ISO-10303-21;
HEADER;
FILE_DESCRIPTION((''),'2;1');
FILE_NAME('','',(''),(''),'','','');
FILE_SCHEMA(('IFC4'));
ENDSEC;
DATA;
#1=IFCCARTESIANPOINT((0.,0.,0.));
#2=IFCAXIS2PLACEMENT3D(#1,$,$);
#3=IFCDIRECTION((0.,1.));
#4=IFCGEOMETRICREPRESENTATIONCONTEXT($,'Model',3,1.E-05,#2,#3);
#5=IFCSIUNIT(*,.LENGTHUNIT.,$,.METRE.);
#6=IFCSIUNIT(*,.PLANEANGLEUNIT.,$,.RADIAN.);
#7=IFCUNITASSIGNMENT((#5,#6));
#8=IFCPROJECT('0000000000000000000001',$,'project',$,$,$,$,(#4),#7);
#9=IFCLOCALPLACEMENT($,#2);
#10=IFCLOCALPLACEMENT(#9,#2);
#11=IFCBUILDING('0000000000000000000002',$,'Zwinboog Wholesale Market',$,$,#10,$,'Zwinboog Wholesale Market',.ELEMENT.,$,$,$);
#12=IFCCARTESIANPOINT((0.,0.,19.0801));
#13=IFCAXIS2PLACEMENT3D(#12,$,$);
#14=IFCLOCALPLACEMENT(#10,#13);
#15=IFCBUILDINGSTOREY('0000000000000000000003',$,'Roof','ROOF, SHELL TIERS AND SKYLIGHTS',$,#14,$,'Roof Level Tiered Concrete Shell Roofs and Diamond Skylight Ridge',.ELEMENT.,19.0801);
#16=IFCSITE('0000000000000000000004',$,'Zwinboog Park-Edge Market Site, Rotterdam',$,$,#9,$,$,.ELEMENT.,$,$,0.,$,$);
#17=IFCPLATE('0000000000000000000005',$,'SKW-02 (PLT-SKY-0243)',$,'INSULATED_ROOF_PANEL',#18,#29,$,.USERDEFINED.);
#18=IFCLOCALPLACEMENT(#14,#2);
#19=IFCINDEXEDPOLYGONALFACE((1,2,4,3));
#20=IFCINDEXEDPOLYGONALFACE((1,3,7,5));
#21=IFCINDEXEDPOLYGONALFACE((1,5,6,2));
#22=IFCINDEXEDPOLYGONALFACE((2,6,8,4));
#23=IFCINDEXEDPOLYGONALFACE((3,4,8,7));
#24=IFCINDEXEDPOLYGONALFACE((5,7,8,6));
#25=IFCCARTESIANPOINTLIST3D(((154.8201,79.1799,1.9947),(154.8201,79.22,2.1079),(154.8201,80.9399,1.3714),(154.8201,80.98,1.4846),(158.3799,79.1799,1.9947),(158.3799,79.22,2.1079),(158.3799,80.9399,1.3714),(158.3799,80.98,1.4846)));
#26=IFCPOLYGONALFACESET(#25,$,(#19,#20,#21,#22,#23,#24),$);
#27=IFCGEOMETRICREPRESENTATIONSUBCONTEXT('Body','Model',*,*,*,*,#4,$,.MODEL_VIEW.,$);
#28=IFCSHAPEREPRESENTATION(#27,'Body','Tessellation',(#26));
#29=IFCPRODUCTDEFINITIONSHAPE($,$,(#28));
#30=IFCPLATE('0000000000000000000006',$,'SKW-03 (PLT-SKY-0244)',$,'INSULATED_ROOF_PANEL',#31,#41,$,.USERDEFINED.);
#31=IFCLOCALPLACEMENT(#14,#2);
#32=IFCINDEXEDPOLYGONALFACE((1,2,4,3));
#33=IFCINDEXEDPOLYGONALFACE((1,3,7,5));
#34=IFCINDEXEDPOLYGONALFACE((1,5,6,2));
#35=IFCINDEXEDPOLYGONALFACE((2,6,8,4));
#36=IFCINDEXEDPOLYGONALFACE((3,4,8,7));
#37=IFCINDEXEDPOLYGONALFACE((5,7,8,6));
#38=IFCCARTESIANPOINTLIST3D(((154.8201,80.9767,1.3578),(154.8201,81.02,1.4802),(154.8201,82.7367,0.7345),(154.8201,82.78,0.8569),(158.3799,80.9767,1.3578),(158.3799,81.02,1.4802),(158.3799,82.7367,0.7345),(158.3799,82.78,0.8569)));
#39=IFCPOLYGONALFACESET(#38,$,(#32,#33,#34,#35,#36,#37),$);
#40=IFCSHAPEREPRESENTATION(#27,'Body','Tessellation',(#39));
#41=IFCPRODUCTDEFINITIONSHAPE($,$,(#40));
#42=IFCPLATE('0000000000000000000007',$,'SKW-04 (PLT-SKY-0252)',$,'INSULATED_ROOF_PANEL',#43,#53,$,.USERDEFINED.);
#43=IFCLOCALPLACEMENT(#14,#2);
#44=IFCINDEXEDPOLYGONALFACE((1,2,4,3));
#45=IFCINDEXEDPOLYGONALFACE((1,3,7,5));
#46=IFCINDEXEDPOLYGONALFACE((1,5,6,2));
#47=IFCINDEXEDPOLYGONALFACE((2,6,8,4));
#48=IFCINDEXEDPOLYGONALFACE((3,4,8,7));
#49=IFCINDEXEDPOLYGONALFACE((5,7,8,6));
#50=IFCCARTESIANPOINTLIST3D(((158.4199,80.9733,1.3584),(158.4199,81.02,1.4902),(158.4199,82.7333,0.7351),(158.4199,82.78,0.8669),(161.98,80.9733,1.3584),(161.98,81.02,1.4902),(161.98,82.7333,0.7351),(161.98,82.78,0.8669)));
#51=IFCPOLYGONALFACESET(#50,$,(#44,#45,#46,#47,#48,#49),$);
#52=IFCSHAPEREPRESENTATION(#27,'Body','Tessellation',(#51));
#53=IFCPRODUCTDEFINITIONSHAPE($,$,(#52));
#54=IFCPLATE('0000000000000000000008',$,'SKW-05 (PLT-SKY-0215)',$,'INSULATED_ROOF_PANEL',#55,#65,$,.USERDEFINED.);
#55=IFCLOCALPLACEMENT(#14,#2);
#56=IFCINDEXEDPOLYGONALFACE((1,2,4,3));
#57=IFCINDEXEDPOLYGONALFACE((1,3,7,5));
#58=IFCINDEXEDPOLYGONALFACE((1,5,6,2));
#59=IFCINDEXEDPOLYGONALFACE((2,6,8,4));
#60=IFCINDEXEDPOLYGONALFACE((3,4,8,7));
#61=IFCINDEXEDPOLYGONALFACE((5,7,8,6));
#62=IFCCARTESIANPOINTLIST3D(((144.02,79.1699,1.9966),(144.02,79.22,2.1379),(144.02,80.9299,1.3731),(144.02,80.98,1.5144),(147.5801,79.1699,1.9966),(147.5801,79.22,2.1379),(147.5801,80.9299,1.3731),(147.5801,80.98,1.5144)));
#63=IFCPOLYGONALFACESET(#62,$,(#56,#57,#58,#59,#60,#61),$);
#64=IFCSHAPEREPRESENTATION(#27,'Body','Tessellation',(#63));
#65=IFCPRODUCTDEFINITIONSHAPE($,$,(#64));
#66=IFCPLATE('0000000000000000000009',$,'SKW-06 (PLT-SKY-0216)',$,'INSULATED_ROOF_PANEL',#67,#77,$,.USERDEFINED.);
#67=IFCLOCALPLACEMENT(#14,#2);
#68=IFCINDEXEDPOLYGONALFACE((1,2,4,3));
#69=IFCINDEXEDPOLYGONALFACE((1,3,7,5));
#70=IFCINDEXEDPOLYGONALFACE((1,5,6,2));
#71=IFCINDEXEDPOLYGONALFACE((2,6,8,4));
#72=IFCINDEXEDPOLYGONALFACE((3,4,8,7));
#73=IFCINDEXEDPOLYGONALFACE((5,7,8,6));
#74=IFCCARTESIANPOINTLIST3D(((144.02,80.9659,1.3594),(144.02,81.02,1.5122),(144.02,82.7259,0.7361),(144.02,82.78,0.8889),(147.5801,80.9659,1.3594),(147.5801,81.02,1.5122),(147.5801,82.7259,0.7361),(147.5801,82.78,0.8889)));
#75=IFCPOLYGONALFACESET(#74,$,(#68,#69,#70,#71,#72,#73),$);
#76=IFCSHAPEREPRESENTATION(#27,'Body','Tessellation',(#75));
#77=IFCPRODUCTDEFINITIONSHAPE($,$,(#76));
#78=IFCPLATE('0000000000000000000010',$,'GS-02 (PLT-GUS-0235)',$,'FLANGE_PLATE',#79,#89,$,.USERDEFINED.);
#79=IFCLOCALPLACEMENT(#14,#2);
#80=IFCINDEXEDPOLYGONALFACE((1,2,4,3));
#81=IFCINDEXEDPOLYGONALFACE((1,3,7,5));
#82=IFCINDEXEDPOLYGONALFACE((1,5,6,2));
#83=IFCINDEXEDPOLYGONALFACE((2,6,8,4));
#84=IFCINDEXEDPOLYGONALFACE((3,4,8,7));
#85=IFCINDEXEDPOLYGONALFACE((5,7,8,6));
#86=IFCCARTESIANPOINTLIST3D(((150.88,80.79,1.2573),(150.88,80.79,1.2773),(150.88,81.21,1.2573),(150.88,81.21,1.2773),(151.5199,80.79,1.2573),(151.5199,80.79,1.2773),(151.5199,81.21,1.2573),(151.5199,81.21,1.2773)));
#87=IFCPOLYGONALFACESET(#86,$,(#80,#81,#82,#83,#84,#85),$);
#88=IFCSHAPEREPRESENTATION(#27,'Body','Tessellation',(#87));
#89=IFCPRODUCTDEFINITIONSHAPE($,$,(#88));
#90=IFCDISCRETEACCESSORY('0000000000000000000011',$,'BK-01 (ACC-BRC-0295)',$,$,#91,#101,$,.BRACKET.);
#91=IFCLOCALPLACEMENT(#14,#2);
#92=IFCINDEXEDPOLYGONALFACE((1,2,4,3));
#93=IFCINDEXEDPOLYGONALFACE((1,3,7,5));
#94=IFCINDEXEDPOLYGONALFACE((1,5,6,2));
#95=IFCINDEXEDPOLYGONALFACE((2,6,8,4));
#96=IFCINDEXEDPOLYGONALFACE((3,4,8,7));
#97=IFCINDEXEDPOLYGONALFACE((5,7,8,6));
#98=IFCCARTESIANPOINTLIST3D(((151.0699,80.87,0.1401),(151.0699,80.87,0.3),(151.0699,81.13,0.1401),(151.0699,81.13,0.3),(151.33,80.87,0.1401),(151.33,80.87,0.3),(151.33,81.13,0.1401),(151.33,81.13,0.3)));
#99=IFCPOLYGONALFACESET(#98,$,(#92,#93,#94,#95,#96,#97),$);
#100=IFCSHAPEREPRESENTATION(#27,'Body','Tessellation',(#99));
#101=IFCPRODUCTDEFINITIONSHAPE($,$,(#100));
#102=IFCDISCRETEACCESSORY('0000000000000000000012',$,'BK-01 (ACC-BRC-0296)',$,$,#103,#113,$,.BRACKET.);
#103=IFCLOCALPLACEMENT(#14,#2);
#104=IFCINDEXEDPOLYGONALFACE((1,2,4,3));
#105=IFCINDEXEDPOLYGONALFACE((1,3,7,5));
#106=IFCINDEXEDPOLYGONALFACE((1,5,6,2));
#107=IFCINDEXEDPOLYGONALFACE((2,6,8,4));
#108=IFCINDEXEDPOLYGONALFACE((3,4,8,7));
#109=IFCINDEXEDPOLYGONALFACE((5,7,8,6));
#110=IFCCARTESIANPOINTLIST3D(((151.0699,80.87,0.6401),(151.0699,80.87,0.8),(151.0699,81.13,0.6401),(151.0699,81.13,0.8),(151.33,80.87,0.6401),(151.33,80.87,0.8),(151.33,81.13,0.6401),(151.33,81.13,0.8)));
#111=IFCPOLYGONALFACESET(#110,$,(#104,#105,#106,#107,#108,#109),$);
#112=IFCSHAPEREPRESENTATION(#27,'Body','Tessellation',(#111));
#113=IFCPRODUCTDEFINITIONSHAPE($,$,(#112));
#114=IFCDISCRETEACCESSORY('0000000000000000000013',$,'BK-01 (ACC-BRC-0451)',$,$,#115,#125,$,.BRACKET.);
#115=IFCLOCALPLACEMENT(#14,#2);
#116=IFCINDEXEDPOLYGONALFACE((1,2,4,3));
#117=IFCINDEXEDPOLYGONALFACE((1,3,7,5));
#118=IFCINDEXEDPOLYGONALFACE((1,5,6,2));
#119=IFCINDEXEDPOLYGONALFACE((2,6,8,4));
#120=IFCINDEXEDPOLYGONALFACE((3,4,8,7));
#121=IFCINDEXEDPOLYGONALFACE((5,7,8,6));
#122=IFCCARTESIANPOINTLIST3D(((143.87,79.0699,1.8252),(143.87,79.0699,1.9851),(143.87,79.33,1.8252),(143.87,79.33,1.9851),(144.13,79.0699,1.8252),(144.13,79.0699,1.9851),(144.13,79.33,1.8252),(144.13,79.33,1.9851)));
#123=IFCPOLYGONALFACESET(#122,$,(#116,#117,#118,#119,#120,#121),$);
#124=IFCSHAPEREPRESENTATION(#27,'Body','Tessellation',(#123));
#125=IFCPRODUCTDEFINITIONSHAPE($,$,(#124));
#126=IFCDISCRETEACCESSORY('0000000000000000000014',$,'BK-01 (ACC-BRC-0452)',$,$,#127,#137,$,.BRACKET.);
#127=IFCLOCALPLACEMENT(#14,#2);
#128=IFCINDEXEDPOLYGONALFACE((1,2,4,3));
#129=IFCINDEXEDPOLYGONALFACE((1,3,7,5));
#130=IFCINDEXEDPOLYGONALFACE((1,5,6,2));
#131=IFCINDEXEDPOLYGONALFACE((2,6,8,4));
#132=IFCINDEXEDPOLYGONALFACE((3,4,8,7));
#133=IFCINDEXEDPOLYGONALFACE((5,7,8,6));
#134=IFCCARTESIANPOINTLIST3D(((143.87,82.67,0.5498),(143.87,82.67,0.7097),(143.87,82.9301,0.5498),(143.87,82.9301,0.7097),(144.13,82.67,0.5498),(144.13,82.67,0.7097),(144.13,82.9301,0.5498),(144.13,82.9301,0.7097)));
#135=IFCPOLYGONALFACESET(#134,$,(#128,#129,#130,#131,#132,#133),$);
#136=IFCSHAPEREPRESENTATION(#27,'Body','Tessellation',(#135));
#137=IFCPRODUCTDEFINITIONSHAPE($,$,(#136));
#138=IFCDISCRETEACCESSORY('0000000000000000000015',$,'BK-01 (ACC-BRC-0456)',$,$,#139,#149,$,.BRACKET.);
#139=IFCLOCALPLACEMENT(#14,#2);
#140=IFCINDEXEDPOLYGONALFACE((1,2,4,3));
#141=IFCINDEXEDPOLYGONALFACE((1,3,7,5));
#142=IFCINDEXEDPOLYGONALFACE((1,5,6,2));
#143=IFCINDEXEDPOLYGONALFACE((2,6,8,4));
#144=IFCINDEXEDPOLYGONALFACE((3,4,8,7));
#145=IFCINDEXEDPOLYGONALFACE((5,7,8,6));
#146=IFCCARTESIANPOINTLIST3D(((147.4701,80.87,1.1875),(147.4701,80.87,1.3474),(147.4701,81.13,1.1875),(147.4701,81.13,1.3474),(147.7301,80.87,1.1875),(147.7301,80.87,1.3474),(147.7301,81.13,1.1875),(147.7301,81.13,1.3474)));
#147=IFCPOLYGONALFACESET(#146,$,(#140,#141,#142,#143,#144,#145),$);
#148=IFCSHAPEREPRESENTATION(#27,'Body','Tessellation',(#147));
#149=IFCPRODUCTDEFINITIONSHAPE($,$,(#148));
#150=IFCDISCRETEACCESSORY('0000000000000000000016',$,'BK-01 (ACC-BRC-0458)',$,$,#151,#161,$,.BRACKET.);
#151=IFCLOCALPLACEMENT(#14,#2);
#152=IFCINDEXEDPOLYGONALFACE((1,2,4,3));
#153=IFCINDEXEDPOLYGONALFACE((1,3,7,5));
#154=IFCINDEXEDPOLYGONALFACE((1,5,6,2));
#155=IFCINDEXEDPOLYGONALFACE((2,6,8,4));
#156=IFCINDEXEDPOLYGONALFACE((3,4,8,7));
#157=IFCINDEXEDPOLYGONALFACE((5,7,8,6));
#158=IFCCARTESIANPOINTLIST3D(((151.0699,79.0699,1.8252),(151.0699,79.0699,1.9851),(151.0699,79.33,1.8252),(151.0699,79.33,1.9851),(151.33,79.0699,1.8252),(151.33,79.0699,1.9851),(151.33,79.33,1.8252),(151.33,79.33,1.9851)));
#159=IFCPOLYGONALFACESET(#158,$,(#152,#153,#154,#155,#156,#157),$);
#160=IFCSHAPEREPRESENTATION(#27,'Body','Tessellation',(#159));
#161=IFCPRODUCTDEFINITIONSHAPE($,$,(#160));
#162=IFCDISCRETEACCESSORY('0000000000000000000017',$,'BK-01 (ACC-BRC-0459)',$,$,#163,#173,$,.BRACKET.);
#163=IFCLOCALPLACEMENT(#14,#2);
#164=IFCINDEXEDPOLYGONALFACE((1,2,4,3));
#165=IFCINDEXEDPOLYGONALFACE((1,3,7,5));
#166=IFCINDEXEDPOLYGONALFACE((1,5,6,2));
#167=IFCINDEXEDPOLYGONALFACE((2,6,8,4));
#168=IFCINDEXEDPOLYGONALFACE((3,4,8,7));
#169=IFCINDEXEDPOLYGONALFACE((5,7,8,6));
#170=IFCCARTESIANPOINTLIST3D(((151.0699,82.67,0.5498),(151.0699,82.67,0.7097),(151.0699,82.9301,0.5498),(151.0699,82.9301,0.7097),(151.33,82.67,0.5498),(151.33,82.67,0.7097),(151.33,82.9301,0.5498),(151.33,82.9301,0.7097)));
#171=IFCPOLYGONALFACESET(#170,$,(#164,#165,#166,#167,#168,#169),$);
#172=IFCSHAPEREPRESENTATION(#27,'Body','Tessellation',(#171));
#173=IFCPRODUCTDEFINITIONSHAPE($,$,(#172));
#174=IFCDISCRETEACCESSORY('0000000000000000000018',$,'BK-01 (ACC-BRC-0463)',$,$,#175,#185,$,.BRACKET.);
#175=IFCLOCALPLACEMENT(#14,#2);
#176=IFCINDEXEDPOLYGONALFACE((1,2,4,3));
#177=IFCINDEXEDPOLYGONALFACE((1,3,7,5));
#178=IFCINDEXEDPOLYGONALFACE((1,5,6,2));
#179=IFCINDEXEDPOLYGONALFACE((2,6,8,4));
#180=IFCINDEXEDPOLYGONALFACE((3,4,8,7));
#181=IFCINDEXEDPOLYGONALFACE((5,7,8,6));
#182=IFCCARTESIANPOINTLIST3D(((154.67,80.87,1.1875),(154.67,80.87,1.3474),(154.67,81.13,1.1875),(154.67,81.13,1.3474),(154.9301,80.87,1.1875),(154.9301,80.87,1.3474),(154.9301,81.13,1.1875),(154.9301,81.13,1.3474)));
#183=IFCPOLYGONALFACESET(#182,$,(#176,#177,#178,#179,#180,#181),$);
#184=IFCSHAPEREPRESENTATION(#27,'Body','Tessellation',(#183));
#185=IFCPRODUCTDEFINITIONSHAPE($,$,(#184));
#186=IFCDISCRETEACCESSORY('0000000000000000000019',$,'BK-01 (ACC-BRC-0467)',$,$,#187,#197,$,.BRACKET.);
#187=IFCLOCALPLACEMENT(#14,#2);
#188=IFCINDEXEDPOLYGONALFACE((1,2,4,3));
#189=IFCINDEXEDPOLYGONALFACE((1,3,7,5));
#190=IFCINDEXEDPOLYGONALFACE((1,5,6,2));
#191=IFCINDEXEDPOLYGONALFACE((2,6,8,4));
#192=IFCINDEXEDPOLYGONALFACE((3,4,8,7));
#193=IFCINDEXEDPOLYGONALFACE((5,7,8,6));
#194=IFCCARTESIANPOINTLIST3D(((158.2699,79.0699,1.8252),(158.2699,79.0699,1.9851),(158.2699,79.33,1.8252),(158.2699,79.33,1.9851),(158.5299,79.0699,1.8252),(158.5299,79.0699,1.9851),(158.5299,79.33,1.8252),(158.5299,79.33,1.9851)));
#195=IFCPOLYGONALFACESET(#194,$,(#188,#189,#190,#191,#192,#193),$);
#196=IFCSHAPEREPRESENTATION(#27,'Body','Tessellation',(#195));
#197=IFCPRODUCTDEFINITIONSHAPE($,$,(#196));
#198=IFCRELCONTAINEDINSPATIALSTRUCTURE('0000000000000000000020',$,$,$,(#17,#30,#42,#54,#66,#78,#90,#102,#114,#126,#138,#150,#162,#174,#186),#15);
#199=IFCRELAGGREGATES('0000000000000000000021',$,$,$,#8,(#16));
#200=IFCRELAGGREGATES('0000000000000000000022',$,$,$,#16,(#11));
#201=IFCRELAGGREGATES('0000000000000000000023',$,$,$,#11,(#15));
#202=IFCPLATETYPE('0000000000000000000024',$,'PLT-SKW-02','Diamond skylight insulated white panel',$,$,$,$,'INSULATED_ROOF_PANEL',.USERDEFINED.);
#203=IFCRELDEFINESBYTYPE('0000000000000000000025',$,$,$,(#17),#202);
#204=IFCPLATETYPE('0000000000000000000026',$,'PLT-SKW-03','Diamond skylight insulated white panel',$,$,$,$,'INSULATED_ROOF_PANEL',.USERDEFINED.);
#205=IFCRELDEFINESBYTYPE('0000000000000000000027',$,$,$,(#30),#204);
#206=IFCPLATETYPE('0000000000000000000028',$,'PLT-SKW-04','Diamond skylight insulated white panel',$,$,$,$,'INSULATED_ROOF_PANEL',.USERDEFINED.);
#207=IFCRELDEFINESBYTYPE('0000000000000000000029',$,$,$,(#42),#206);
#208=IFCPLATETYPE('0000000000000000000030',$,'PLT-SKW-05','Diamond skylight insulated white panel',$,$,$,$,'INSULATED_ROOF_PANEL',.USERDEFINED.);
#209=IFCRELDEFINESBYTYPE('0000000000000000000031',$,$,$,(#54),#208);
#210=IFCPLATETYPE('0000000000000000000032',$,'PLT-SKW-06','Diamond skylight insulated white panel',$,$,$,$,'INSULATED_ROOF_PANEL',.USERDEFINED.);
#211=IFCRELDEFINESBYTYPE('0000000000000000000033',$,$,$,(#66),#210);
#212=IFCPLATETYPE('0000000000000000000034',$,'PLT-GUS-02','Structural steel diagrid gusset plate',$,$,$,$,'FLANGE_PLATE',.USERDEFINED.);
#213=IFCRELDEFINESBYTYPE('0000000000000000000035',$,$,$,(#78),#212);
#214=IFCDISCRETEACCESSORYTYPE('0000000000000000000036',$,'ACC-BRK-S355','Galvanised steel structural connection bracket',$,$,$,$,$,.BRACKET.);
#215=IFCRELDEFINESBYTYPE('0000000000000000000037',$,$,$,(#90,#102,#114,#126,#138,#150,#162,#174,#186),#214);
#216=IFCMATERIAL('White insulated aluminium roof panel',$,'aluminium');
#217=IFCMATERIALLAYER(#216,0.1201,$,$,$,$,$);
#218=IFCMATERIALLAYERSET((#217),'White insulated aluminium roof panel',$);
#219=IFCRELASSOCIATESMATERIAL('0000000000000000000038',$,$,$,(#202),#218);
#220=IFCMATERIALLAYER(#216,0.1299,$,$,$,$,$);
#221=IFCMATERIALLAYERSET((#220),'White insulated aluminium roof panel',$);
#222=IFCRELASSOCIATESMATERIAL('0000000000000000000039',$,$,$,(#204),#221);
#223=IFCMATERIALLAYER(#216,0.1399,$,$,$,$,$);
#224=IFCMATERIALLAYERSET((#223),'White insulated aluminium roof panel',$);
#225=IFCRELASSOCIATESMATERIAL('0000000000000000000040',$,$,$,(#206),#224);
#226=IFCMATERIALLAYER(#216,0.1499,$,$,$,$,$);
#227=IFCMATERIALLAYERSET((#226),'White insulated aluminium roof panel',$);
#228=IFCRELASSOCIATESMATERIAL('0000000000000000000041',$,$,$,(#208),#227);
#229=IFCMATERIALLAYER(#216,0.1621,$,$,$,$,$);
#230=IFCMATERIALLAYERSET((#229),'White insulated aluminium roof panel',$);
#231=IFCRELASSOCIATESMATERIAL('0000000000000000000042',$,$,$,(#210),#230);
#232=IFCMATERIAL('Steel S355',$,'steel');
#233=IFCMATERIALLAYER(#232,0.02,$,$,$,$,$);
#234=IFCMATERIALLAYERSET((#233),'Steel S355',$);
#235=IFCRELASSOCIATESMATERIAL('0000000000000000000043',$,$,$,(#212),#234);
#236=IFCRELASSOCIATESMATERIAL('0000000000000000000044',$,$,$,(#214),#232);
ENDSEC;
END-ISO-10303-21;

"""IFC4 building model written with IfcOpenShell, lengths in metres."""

from ifc_helpers import new_model, si_unit, direction, frame, origin, origin_2d, place, context, subcontext, project, spatial, polyline, rectangle, outline, extrude, material, layer, layer_set, type_object, element, save


model = new_model("IFC4")

# Units and contexts
model_context = context("Model", 3, precision=1e-05, world=origin(), true_north=direction((0.0, 1.0)))
body_context = subcontext(model_context, "Body", "Model", "MODEL_VIEW")
ifc_project = project(units=[si_unit("LENGTHUNIT", "METRE"), si_unit("PLANEANGLEUNIT", "RADIAN")], contexts=[model_context])

# Site, building, storey
site_placement = place(None, origin())
site = spatial("IfcSite", under=ifc_project, at=site_placement, Name="Zwinboog Park-Edge Market Site, Rotterdam", CompositionType="ELEMENT", RefElevation=0.0)
building_placement = place(site_placement, origin())
building = spatial("IfcBuilding", under=site, at=building_placement, Name="Zwinboog Wholesale Market", LongName="Zwinboog Wholesale Market", CompositionType="ELEMENT")
storey_placement = place(building_placement, frame((0.0, 0.0, 19.0801)))
storey = spatial("IfcBuildingStorey", under=building, at=storey_placement, Name="Roof", Description="ROOF, SHELL TIERS AND SKYLIGHTS", LongName="Roof Level Tiered Concrete Shell Roofs and Diamond Skylight Ridge", CompositionType="ELEMENT", Elevation=19.0801)

# Shared definitions
ifc_material_1 = material(Name="Steel S355", Category="steel")

# Plates
ifc_material_2 = material(Name="White insulated aluminium roof panel", Category="aluminium")
ifc_layer_1 = layer(ifc_material_2, 0.1201)
ifc_layer_set_1 = layer_set([ifc_layer_1], Name="White insulated aluminium roof panel")
plate_type_1 = type_object("IfcPlateType", Name="PLT-SKW-02", Description="Diamond skylight insulated white panel", ElementType="INSULATED_ROOF_PANEL", PredefinedType="USERDEFINED", material=ifc_layer_set_1)
plate_1_placement = place(storey_placement, frame((154.8201, 79.22, 2.1079), z_axis=(0.0, 0.333825, 0.942635), x_axis=(1.0, 0.0, 0.0)))
element("IfcPlate", 1, at=plate_1_placement, inside=storey, type_object=plate_type_1, Name="SKW-02 (PLT-SKY-0243)", ObjectType="INSULATED_ROOF_PANEL", PredefinedType="USERDEFINED", context=body_context, shape_type="SweptSolid", body=[
    extrude(outline(polyline([(0.0, 0.0), (3.5598, 0.0), (3.5598, 1.8671), (0.0, 1.8671), (0.0, 0.0)])), origin(), (0.0, 0.0, -1.0), 0.1201),
])
ifc_layer_2 = layer(ifc_material_2, 0.1299)
ifc_layer_set_2 = layer_set([ifc_layer_2], Name="White insulated aluminium roof panel")
plate_type_2 = type_object("IfcPlateType", Name="PLT-SKW-03", Description="Diamond skylight insulated white panel", ElementType="INSULATED_ROOF_PANEL", PredefinedType="USERDEFINED", material=ifc_layer_set_2)
plate_2_placement = place(storey_placement, frame((154.8201, 81.02, 1.4802), z_axis=(0.0, 0.333825, 0.942635), x_axis=(1.0, 0.0, 0.0)))
element("IfcPlate", 2, at=plate_2_placement, inside=storey, type_object=plate_type_2, Name="SKW-03 (PLT-SKY-0244)", ObjectType="INSULATED_ROOF_PANEL", PredefinedType="USERDEFINED", context=body_context, shape_type="SweptSolid", body=[
    extrude(outline(polyline([(0.0, 0.0), (3.5598, 0.0), (3.5598, 1.8671), (0.0, 1.8671), (0.0, 0.0)])), origin(), (0.0, 0.0, -1.0), 0.1299),
])
ifc_layer_3 = layer(ifc_material_2, 0.1399)
ifc_layer_set_3 = layer_set([ifc_layer_3], Name="White insulated aluminium roof panel")
plate_type_3 = type_object("IfcPlateType", Name="PLT-SKW-04", Description="Diamond skylight insulated white panel", ElementType="INSULATED_ROOF_PANEL", PredefinedType="USERDEFINED", material=ifc_layer_set_3)
plate_3_placement = place(storey_placement, frame((158.4199, 81.02, 1.4902), z_axis=(0.0, 0.333825, 0.942635), x_axis=(1.0, 0.0, 0.0)))
element("IfcPlate", 3, at=plate_3_placement, inside=storey, type_object=plate_type_3, Name="SKW-04 (PLT-SKY-0252)", ObjectType="INSULATED_ROOF_PANEL", PredefinedType="USERDEFINED", context=body_context, shape_type="SweptSolid", body=[
    extrude(outline(polyline([(0.0, 0.0), (3.5601, 0.0), (3.5601, 1.8671), (0.0, 1.8671), (0.0, 0.0)])), origin(), (0.0, 0.0, -1.0), 0.1399),
])
ifc_layer_4 = layer(ifc_material_2, 0.1499)
ifc_layer_set_4 = layer_set([ifc_layer_4], Name="White insulated aluminium roof panel")
plate_type_4 = type_object("IfcPlateType", Name="PLT-SKW-05", Description="Diamond skylight insulated white panel", ElementType="INSULATED_ROOF_PANEL", PredefinedType="USERDEFINED", material=ifc_layer_set_4)
plate_4_placement = place(storey_placement, frame((144.02, 79.22, 2.1379), z_axis=(0.0, 0.333942, 0.942594), x_axis=(1.0, 0.0, 0.0)))
element("IfcPlate", 4, at=plate_4_placement, inside=storey, type_object=plate_type_4, Name="SKW-05 (PLT-SKY-0215)", ObjectType="INSULATED_ROOF_PANEL", PredefinedType="USERDEFINED", context=body_context, shape_type="SweptSolid", body=[
    extrude(outline(polyline([(0.0, 0.0), (3.5601, 0.0), (3.5601, 1.8672), (0.0, 1.8672), (0.0, 0.0)])), origin(), (0.0, 0.0, -1.0), 0.1499),
])
ifc_layer_5 = layer(ifc_material_2, 0.1621)
ifc_layer_set_5 = layer_set([ifc_layer_5], Name="White insulated aluminium roof panel")
plate_type_5 = type_object("IfcPlateType", Name="PLT-SKW-06", Description="Diamond skylight insulated white panel", ElementType="INSULATED_ROOF_PANEL", PredefinedType="USERDEFINED", material=ifc_layer_set_5)
plate_5_placement = place(storey_placement, frame((144.02, 81.02, 1.5122), z_axis=(0.0, 0.333825, 0.942635), x_axis=(1.0, 0.0, 0.0)))
element("IfcPlate", 5, at=plate_5_placement, inside=storey, type_object=plate_type_5, Name="SKW-06 (PLT-SKY-0216)", ObjectType="INSULATED_ROOF_PANEL", PredefinedType="USERDEFINED", context=body_context, shape_type="SweptSolid", body=[
    extrude(outline(polyline([(0.0, 0.0), (3.5601, 0.0), (3.5601, 1.8671), (0.0, 1.8671), (0.0, 0.0)])), origin(), (0.0, 0.0, -1.0), 0.1621),
])
ifc_layer_6 = layer(ifc_material_1, 0.02)
ifc_layer_set_6 = layer_set([ifc_layer_6], Name="Steel S355")
plate_type_6 = type_object("IfcPlateType", Name="PLT-GUS-02", Description="Structural steel diagrid gusset plate", ElementType="FLANGE_PLATE", PredefinedType="USERDEFINED", material=ifc_layer_set_6)
plate_6_placement = place(storey_placement, frame((151.2, 81.0, 1.2573), z_axis=(0.0, 0.0, 1.0), x_axis=(1.0, 0.0, 0.0)))
element("IfcPlate", 6, at=plate_6_placement, inside=storey, type_object=plate_type_6, Name="GS-02 (PLT-GUS-0235)", ObjectType="FLANGE_PLATE", PredefinedType="USERDEFINED", context=body_context, shape_type="SweptSolid", body=[
    extrude(rectangle(XDim=0.6399, YDim=0.4199, at=origin_2d()), origin(), (0.0, 0.0, 1.0), 0.02),
])

# Discrete accessories
discrete_accessory_type = type_object("IfcDiscreteAccessoryType", Name="ACC-BRK-S355", Description="Galvanised steel structural connection bracket", PredefinedType="BRACKET", material=ifc_material_1)
for number, where, z_axis, x_axis, name in (
    (7, (151.2, 81.0, 0.1401), (0.0, 0.0, 1.0), (1.0, 0.0, 0.0), "BK-01 (ACC-BRC-0295)"),
    (8, (151.2, 81.0, 0.6401), (0.0, 0.0, 1.0), (1.0, 0.0, 0.0), "BK-01 (ACC-BRC-0296)"),
    (9, (144.0, 79.2, 1.8252), (0.0, 0.0, 1.0), (1.0, 0.0, 0.0), "BK-01 (ACC-BRC-0451)"),
    (10, (144.0, 82.8, 0.5498), (0.0, 0.0, 1.0), (1.0, 0.0, 0.0), "BK-01 (ACC-BRC-0452)"),
    (11, (147.6001, 81.0, 1.1875), (0.0, 0.0, 1.0), (1.0, 0.0, 0.0), "BK-01 (ACC-BRC-0456)"),
    (12, (151.2, 79.2, 1.8252), (0.0, 0.0, 1.0), (1.0, 0.0, 0.0), "BK-01 (ACC-BRC-0458)"),
    (13, (151.2, 82.8, 0.5498), (0.0, 0.0, 1.0), (1.0, 0.0, 0.0), "BK-01 (ACC-BRC-0459)"),
    (14, (154.8, 81.0, 1.1875), (0.0, 0.0, 1.0), (1.0, 0.0, 0.0), "BK-01 (ACC-BRC-0463)"),
    (15, (158.3999, 79.2, 1.8252), (0.0, 0.0, 1.0), (1.0, 0.0, 0.0), "BK-01 (ACC-BRC-0467)"),
):
    element("IfcDiscreteAccessory", number, at=place(storey_placement, frame(where, z_axis=z_axis, x_axis=x_axis)), inside=storey, type_object=discrete_accessory_type, Name=name, PredefinedType="BRACKET", context=body_context, shape_type="SweptSolid", body=[
        extrude(rectangle(XDim=0.26, YDim=0.26, at=origin_2d()), origin(), (0.0, 0.0, 1.0), 0.1599),
    ])

save(model, "model.ifc")
